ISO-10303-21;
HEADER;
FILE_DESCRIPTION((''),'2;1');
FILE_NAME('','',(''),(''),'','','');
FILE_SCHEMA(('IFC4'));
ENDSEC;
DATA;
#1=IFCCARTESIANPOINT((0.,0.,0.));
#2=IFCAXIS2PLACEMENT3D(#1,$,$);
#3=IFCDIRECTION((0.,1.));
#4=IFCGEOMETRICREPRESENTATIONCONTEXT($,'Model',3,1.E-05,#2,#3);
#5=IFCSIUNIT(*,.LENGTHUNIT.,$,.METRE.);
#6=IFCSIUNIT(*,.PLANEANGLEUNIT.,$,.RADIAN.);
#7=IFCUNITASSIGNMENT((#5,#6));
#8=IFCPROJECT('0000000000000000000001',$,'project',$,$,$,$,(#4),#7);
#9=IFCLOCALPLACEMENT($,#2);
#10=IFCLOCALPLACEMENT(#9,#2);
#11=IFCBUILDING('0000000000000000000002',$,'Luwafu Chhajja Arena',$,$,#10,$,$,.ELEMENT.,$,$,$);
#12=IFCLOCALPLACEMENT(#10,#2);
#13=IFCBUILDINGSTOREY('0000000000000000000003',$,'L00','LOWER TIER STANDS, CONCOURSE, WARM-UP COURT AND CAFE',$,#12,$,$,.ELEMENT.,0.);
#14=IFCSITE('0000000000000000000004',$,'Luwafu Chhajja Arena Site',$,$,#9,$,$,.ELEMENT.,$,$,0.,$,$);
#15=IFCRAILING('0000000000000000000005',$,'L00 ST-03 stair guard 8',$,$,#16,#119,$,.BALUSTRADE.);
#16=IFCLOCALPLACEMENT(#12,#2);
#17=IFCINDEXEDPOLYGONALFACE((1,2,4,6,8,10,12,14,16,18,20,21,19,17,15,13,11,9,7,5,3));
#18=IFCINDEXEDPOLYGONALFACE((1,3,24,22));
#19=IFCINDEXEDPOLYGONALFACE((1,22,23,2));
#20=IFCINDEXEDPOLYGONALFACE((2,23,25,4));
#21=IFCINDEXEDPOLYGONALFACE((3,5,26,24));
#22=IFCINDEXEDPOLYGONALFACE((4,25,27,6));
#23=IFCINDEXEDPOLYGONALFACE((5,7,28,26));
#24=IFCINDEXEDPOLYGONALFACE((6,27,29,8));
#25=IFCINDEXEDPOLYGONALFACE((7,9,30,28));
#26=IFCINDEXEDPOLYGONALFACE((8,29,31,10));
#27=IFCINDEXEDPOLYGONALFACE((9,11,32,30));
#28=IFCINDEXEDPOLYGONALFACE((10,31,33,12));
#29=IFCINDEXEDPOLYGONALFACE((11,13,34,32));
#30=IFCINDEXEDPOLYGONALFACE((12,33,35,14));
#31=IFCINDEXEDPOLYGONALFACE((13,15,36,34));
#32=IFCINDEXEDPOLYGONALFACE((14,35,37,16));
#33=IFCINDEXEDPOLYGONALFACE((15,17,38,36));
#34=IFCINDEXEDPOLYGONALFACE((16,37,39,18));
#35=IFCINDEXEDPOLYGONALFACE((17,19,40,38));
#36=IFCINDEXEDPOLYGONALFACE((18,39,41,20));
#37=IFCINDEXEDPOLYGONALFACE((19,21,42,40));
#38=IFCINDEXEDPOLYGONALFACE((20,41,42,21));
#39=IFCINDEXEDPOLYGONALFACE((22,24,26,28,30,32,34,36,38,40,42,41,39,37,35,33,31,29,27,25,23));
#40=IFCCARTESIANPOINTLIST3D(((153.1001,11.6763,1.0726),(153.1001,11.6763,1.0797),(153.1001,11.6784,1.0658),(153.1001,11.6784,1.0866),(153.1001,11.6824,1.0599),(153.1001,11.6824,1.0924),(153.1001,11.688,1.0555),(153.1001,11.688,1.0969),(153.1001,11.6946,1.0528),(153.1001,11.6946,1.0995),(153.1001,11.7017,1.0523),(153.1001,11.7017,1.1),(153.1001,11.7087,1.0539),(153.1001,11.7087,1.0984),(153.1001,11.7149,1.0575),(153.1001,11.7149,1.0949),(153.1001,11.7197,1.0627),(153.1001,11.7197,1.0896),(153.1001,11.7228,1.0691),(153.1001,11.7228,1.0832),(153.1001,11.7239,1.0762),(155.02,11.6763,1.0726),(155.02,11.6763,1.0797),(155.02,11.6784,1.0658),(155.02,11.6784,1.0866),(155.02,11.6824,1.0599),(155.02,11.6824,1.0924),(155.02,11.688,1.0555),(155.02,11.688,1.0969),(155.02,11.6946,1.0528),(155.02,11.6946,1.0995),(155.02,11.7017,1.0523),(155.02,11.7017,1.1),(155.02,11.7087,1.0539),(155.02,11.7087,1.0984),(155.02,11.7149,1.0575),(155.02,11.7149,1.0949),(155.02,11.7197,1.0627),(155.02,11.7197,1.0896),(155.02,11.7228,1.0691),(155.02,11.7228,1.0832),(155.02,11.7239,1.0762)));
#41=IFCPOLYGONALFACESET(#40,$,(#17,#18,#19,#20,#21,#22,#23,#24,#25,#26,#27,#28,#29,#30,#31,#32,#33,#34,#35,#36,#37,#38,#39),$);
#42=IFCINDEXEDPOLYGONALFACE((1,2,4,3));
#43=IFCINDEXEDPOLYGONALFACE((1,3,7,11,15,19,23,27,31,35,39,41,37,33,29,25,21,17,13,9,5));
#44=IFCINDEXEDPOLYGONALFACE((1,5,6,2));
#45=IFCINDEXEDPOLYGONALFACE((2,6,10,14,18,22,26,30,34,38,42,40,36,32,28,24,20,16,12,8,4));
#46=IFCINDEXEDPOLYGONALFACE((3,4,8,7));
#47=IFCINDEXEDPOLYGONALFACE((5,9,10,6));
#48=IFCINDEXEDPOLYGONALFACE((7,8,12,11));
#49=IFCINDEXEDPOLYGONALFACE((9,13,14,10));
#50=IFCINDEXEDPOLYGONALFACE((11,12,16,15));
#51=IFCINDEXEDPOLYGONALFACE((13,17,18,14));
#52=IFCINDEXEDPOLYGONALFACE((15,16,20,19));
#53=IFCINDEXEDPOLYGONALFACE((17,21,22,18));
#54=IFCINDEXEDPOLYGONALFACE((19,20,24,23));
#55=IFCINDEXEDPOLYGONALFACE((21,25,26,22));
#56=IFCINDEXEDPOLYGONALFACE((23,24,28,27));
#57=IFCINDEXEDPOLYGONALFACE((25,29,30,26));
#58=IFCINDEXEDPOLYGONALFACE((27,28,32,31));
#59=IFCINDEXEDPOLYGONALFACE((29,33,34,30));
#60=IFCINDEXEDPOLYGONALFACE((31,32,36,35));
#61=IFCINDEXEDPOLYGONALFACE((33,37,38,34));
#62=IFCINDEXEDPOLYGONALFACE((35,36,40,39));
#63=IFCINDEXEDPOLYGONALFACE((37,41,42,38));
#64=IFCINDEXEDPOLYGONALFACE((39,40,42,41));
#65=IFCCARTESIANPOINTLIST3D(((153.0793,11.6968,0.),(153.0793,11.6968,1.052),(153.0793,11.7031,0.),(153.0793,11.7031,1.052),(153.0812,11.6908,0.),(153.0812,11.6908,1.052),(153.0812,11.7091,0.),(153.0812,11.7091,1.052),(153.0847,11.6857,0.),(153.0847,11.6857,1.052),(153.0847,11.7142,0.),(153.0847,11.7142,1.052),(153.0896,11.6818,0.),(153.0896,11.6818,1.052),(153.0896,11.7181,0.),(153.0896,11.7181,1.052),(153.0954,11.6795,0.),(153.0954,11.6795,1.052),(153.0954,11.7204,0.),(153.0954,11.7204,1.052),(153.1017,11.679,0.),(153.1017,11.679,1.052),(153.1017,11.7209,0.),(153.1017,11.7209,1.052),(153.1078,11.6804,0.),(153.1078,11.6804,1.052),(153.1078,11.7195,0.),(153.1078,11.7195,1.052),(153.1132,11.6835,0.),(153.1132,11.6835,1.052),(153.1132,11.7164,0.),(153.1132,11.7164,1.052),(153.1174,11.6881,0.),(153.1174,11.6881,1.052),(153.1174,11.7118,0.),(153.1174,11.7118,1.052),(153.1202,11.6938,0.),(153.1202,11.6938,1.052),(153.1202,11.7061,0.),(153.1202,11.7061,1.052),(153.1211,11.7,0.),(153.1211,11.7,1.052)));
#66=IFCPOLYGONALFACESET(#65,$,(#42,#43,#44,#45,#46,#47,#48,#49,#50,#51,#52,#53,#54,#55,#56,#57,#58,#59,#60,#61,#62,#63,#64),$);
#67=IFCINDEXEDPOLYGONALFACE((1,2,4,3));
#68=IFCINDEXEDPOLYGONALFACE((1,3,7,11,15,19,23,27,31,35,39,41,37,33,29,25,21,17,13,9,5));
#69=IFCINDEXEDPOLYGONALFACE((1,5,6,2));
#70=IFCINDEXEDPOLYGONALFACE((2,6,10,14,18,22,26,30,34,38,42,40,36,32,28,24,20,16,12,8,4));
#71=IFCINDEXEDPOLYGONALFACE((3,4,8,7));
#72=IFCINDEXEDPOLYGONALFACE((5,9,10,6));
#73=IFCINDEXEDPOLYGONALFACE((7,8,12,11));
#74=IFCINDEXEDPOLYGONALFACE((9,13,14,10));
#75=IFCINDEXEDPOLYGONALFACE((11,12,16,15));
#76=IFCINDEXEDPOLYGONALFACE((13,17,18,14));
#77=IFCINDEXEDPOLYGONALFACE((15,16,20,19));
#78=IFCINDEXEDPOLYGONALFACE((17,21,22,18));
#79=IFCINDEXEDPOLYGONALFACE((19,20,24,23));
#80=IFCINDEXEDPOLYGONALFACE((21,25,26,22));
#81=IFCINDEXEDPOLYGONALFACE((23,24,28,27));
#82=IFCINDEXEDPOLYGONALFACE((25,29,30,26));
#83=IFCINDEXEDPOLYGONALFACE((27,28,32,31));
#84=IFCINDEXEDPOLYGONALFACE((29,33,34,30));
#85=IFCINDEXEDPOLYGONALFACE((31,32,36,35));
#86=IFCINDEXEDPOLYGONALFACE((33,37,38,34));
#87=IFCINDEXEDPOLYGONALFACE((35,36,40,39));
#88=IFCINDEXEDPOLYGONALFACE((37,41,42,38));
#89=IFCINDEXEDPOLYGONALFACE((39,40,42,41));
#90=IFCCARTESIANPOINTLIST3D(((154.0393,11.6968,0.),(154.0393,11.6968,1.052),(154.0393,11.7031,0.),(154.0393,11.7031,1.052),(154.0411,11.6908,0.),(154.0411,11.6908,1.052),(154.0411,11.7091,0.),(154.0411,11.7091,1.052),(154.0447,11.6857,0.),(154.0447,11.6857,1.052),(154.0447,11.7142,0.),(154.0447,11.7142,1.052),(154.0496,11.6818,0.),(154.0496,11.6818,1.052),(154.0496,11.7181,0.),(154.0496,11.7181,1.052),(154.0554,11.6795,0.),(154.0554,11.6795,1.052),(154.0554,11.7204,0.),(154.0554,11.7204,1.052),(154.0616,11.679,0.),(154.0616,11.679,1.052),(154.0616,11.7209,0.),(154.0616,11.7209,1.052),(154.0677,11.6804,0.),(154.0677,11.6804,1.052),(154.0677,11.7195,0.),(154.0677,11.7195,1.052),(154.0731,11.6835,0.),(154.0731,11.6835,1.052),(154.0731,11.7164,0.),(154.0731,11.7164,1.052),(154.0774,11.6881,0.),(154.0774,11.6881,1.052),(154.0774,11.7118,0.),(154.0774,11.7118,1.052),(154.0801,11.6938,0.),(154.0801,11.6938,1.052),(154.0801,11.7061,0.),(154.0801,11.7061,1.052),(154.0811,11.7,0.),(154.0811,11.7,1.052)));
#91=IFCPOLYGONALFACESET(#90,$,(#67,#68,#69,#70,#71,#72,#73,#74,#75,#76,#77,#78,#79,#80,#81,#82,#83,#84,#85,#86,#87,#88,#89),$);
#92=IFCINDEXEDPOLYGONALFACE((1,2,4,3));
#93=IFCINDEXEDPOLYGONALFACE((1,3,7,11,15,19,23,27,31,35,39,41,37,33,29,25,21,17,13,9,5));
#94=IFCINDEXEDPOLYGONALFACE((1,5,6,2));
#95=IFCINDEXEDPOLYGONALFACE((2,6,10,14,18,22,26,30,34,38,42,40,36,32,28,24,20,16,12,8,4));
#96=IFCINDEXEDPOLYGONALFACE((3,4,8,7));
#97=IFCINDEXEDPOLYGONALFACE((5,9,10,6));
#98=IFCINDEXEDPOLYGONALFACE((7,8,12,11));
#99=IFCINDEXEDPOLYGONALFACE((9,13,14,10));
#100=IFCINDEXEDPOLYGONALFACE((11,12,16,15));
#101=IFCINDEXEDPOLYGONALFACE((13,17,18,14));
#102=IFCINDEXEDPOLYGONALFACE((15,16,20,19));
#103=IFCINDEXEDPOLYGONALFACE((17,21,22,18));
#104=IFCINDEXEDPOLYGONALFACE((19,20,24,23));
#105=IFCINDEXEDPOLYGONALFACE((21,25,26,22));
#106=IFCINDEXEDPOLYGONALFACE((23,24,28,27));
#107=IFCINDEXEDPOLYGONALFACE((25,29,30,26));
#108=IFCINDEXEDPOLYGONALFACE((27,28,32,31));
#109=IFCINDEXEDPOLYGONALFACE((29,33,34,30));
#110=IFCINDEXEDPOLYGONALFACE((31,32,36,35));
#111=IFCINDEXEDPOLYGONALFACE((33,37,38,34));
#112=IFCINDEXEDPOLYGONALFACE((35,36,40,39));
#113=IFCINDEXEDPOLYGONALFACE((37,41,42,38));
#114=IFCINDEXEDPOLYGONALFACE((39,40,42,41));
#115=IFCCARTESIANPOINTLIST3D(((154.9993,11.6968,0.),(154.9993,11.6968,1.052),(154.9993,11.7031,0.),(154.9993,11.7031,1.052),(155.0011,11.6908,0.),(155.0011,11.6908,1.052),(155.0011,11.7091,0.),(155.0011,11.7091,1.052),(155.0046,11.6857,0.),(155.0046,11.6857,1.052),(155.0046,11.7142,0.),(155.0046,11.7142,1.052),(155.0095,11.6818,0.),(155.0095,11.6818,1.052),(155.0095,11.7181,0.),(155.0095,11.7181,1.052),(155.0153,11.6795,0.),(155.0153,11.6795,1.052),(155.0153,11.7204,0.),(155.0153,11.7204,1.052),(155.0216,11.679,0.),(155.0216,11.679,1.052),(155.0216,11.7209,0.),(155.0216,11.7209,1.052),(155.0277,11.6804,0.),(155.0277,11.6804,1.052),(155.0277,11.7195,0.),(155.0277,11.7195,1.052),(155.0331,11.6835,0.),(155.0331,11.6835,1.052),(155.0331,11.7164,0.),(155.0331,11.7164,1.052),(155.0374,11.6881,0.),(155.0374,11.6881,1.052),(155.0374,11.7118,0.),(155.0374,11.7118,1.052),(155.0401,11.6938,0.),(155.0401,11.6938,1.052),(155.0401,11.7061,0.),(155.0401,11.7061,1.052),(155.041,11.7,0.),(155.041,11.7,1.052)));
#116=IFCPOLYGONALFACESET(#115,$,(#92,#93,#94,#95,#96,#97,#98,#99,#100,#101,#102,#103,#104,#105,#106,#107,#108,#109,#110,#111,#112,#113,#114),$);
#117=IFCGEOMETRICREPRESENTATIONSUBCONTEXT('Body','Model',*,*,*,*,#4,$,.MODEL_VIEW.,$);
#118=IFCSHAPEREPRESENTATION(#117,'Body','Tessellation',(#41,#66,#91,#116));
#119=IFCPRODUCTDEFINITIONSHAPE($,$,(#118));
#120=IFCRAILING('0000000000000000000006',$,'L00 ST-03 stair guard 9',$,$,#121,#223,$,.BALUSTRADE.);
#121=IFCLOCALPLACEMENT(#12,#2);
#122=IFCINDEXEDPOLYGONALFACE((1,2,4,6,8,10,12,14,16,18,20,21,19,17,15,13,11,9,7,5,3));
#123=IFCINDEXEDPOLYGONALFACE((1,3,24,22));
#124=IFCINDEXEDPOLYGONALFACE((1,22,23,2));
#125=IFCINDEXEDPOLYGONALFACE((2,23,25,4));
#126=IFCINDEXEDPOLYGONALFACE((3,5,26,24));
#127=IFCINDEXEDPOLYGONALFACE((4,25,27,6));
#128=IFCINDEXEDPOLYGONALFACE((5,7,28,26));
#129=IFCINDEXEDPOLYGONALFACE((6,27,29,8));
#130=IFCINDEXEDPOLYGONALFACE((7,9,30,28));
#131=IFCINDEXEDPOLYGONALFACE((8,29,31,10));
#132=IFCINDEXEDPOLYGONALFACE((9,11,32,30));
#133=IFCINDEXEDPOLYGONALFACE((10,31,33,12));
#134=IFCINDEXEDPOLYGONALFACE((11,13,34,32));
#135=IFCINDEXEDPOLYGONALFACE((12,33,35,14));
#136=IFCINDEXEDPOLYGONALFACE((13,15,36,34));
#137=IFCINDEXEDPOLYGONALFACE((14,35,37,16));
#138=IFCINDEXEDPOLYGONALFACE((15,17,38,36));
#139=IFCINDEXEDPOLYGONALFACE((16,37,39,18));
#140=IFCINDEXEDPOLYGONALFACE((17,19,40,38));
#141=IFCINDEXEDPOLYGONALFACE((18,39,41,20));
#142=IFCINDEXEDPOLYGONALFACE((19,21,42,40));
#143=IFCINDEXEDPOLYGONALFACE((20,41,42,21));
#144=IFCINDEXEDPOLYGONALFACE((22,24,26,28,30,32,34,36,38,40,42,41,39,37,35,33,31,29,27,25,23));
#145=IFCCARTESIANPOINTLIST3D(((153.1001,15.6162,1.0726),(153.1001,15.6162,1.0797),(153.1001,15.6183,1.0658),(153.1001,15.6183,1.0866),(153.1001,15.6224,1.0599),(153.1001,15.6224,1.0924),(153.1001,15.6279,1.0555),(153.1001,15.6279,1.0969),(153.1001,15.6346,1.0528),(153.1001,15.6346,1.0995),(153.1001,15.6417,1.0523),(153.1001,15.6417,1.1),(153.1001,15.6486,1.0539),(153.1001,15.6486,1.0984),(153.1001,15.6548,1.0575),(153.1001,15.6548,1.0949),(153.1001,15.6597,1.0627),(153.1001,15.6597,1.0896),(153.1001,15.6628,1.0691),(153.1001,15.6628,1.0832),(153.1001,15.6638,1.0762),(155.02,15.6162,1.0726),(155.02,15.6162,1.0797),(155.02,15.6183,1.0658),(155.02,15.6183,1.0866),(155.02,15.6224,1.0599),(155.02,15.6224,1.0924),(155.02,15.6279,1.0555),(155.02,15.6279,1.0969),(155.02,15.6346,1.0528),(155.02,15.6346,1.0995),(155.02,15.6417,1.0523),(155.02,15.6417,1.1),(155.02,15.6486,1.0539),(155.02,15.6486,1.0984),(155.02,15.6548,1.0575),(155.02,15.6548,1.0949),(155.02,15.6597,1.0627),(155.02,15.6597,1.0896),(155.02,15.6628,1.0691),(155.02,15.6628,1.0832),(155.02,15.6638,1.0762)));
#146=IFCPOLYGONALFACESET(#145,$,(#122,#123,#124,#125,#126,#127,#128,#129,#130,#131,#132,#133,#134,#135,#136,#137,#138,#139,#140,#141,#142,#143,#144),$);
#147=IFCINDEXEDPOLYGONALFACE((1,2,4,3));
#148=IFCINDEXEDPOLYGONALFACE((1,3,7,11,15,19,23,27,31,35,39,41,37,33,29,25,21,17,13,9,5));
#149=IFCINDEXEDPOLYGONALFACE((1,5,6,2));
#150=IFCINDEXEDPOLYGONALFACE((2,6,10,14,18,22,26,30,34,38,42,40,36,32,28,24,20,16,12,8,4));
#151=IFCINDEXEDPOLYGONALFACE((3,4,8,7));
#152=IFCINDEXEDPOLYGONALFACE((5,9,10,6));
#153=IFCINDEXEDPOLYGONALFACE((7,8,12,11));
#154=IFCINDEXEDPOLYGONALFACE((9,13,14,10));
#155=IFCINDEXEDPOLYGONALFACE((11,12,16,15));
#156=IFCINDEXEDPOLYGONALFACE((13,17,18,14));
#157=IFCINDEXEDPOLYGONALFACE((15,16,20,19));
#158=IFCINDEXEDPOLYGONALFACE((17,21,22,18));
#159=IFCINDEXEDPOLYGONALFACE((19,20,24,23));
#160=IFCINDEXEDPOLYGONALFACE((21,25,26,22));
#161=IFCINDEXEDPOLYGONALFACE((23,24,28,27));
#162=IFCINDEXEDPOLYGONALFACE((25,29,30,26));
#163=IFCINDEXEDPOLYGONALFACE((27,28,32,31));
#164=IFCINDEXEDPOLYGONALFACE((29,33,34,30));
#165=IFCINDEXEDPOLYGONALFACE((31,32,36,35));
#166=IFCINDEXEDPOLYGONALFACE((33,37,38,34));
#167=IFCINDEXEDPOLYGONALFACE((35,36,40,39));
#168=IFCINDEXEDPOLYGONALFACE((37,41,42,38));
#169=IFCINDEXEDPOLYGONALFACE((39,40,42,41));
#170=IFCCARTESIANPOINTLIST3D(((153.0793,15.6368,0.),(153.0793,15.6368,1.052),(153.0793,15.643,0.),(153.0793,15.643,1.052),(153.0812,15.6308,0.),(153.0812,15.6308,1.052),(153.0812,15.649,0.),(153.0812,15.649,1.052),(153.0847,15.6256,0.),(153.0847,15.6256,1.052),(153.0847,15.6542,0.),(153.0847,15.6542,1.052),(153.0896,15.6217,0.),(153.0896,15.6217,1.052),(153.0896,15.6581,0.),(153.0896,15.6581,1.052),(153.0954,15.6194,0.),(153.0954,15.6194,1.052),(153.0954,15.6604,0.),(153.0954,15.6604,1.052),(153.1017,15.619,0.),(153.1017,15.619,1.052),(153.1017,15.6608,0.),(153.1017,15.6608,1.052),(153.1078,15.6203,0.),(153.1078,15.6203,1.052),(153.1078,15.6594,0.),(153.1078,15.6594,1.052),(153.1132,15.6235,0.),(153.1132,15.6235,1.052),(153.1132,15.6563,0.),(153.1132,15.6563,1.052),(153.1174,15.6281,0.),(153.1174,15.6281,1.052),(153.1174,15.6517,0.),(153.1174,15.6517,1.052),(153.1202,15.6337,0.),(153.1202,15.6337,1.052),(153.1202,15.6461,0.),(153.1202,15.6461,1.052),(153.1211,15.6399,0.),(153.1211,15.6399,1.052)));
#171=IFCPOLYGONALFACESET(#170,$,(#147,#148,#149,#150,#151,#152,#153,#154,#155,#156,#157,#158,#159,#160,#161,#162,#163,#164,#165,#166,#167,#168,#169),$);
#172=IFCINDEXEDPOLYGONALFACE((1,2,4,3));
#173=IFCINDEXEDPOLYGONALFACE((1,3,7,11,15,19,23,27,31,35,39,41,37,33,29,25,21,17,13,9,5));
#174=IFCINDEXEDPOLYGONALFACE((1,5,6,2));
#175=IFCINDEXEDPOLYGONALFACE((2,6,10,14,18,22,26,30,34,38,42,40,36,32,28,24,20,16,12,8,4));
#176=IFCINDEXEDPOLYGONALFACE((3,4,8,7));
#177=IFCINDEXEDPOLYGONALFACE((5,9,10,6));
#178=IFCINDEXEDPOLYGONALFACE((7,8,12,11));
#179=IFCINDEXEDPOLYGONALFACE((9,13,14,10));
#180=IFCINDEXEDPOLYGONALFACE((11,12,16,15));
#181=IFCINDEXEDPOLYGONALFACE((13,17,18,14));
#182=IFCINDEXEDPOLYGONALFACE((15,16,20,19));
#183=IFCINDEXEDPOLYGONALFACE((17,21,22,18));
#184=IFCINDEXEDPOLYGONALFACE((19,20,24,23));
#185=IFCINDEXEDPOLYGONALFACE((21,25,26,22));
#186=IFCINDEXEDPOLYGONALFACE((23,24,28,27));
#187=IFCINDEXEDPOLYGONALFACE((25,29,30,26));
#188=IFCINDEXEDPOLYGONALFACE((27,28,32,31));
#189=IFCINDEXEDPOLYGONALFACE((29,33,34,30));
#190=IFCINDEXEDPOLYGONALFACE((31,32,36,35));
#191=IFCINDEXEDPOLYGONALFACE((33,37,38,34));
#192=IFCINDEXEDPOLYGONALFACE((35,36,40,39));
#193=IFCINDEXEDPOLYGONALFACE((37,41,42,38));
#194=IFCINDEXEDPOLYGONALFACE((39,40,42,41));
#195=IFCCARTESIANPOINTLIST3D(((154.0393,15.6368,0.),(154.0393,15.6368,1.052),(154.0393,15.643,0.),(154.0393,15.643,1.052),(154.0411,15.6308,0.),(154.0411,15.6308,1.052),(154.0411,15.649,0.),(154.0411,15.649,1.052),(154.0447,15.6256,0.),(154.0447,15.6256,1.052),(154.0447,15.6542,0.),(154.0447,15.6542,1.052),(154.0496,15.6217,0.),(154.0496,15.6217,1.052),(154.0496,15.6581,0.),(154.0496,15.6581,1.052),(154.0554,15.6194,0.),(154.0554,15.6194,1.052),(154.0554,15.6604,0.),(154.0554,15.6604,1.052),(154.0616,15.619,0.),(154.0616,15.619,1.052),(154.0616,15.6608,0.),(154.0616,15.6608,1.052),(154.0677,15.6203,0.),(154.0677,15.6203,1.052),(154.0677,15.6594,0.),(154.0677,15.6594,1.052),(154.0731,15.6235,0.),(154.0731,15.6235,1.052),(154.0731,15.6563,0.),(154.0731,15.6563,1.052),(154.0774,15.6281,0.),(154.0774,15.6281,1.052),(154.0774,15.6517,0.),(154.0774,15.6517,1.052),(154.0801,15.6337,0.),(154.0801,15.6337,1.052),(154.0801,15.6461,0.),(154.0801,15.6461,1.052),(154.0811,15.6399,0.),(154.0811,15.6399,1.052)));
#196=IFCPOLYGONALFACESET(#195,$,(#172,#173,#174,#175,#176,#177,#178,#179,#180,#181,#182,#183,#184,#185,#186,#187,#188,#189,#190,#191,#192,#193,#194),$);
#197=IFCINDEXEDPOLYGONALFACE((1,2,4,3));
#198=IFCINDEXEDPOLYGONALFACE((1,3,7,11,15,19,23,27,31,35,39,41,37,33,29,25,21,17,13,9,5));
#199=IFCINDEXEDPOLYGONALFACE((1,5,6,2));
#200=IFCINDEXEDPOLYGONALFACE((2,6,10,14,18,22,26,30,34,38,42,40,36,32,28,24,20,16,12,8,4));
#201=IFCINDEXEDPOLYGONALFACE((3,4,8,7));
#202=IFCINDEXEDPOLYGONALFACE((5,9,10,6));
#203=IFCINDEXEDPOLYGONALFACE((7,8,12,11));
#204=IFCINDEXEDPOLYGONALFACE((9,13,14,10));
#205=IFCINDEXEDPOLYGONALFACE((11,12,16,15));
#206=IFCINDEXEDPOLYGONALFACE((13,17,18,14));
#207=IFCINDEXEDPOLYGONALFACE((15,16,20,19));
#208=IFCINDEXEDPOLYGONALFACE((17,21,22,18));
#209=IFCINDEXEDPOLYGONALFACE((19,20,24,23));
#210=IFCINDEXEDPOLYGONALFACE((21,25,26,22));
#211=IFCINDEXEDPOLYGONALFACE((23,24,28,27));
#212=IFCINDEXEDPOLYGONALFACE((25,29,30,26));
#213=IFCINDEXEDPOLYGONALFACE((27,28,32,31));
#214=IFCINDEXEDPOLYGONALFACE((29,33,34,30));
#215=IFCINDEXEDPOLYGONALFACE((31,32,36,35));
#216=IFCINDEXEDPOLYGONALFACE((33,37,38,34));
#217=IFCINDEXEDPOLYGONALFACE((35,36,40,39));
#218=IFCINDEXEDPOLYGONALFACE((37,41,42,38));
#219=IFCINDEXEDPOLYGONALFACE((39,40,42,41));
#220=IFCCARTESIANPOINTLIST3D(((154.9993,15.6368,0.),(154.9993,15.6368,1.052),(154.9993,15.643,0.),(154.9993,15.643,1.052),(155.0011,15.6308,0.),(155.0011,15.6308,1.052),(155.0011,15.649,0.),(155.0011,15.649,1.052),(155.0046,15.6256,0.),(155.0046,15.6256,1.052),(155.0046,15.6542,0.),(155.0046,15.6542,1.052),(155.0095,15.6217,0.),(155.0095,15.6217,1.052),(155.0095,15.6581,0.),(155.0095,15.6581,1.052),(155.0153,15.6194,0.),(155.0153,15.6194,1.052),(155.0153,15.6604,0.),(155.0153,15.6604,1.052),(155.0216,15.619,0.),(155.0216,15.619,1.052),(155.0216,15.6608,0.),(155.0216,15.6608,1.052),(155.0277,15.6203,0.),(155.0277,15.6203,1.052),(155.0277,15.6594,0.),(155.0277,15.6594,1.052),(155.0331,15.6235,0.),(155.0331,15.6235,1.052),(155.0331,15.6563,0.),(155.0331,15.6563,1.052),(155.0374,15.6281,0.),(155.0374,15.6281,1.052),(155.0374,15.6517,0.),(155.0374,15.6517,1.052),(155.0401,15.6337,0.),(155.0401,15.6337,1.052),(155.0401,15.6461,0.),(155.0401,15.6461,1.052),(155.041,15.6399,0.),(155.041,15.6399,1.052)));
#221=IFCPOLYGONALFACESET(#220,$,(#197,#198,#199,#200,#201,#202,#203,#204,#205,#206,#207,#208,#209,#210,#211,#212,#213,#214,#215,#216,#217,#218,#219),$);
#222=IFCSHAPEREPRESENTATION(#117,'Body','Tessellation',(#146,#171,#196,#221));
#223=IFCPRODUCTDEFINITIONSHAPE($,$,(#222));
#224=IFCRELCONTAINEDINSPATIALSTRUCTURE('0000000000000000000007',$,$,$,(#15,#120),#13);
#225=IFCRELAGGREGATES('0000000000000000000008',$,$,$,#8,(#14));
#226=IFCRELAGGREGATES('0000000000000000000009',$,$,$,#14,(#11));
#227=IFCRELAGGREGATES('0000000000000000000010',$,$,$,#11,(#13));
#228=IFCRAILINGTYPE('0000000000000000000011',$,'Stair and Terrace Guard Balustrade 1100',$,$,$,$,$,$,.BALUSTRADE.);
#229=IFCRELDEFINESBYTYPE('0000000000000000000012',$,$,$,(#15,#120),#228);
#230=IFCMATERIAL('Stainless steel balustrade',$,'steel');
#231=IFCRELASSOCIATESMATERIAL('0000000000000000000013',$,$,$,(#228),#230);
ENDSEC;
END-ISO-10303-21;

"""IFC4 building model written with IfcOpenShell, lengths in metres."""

from ifc_helpers import new_model, si_unit, direction, frame, origin, origin_2d, place, context, subcontext, project, spatial, circle, extrude, material, type_object, element, save


model = new_model("IFC4")

# Units and contexts
model_context = context("Model", 3, precision=1e-05, world=origin(), true_north=direction((0.0, 1.0)))
body_context = subcontext(model_context, "Body", "Model", "MODEL_VIEW")
ifc_project = project(units=[si_unit("LENGTHUNIT", "METRE"), si_unit("PLANEANGLEUNIT", "RADIAN")], contexts=[model_context])

# Site, building, storey
site_placement = place(None, origin())
site = spatial("IfcSite", under=ifc_project, at=site_placement, Name="Luwafu Chhajja Arena Site", CompositionType="ELEMENT", RefElevation=0.0)
building_placement = place(site_placement, origin())
building = spatial("IfcBuilding", under=site, at=building_placement, Name="Luwafu Chhajja Arena", CompositionType="ELEMENT")
storey_placement = place(building_placement, origin())
storey = spatial("IfcBuildingStorey", under=building, at=storey_placement, Name="L00", Description="LOWER TIER STANDS, CONCOURSE, WARM-UP COURT AND CAFE", CompositionType="ELEMENT", Elevation=0.0)

# Railings
ifc_material_1 = material(Name="Stainless steel balustrade", Category="steel")
railing_type = type_object("IfcRailingType", Name="Stair and Terrace Guard Balustrade 1100", PredefinedType="BALUSTRADE", material=ifc_material_1)
for number, where, name in (
    (1, (153.1001, 11.7, 0.0), "L00 ST-03 stair guard 8"),
    (2, (153.1001, 15.6399, 0.0), "L00 ST-03 stair guard 9"),
):
    element("IfcRailing", number, at=place(storey_placement, frame(where)), inside=storey, type_object=railing_type, Name=name, PredefinedType="BALUSTRADE", context=body_context, shape_type="SweptSolid", body=[
        extrude(circle(Radius=0.0239, at=origin_2d()), frame((0.0, 0.0, 1.0762), z_axis=(1.0, 0.0, 0.0), x_axis=(0.0, 1.0, 0.0)), (0.0, 0.0, 1.0), 1.9199),
        extrude(circle(Radius=0.021, at=origin_2d()), origin(), (0.0, 0.0, 1.0), 1.052),
        extrude(circle(Radius=0.021, at=origin_2d()), frame((0.96, 0.0, 0.0)), (0.0, 0.0, 1.0), 1.052),
        extrude(circle(Radius=0.021, at=origin_2d()), frame((1.9199, 0.0, 0.0)), (0.0, 0.0, 1.0), 1.052),
    ])

save(model, "model.ifc")
